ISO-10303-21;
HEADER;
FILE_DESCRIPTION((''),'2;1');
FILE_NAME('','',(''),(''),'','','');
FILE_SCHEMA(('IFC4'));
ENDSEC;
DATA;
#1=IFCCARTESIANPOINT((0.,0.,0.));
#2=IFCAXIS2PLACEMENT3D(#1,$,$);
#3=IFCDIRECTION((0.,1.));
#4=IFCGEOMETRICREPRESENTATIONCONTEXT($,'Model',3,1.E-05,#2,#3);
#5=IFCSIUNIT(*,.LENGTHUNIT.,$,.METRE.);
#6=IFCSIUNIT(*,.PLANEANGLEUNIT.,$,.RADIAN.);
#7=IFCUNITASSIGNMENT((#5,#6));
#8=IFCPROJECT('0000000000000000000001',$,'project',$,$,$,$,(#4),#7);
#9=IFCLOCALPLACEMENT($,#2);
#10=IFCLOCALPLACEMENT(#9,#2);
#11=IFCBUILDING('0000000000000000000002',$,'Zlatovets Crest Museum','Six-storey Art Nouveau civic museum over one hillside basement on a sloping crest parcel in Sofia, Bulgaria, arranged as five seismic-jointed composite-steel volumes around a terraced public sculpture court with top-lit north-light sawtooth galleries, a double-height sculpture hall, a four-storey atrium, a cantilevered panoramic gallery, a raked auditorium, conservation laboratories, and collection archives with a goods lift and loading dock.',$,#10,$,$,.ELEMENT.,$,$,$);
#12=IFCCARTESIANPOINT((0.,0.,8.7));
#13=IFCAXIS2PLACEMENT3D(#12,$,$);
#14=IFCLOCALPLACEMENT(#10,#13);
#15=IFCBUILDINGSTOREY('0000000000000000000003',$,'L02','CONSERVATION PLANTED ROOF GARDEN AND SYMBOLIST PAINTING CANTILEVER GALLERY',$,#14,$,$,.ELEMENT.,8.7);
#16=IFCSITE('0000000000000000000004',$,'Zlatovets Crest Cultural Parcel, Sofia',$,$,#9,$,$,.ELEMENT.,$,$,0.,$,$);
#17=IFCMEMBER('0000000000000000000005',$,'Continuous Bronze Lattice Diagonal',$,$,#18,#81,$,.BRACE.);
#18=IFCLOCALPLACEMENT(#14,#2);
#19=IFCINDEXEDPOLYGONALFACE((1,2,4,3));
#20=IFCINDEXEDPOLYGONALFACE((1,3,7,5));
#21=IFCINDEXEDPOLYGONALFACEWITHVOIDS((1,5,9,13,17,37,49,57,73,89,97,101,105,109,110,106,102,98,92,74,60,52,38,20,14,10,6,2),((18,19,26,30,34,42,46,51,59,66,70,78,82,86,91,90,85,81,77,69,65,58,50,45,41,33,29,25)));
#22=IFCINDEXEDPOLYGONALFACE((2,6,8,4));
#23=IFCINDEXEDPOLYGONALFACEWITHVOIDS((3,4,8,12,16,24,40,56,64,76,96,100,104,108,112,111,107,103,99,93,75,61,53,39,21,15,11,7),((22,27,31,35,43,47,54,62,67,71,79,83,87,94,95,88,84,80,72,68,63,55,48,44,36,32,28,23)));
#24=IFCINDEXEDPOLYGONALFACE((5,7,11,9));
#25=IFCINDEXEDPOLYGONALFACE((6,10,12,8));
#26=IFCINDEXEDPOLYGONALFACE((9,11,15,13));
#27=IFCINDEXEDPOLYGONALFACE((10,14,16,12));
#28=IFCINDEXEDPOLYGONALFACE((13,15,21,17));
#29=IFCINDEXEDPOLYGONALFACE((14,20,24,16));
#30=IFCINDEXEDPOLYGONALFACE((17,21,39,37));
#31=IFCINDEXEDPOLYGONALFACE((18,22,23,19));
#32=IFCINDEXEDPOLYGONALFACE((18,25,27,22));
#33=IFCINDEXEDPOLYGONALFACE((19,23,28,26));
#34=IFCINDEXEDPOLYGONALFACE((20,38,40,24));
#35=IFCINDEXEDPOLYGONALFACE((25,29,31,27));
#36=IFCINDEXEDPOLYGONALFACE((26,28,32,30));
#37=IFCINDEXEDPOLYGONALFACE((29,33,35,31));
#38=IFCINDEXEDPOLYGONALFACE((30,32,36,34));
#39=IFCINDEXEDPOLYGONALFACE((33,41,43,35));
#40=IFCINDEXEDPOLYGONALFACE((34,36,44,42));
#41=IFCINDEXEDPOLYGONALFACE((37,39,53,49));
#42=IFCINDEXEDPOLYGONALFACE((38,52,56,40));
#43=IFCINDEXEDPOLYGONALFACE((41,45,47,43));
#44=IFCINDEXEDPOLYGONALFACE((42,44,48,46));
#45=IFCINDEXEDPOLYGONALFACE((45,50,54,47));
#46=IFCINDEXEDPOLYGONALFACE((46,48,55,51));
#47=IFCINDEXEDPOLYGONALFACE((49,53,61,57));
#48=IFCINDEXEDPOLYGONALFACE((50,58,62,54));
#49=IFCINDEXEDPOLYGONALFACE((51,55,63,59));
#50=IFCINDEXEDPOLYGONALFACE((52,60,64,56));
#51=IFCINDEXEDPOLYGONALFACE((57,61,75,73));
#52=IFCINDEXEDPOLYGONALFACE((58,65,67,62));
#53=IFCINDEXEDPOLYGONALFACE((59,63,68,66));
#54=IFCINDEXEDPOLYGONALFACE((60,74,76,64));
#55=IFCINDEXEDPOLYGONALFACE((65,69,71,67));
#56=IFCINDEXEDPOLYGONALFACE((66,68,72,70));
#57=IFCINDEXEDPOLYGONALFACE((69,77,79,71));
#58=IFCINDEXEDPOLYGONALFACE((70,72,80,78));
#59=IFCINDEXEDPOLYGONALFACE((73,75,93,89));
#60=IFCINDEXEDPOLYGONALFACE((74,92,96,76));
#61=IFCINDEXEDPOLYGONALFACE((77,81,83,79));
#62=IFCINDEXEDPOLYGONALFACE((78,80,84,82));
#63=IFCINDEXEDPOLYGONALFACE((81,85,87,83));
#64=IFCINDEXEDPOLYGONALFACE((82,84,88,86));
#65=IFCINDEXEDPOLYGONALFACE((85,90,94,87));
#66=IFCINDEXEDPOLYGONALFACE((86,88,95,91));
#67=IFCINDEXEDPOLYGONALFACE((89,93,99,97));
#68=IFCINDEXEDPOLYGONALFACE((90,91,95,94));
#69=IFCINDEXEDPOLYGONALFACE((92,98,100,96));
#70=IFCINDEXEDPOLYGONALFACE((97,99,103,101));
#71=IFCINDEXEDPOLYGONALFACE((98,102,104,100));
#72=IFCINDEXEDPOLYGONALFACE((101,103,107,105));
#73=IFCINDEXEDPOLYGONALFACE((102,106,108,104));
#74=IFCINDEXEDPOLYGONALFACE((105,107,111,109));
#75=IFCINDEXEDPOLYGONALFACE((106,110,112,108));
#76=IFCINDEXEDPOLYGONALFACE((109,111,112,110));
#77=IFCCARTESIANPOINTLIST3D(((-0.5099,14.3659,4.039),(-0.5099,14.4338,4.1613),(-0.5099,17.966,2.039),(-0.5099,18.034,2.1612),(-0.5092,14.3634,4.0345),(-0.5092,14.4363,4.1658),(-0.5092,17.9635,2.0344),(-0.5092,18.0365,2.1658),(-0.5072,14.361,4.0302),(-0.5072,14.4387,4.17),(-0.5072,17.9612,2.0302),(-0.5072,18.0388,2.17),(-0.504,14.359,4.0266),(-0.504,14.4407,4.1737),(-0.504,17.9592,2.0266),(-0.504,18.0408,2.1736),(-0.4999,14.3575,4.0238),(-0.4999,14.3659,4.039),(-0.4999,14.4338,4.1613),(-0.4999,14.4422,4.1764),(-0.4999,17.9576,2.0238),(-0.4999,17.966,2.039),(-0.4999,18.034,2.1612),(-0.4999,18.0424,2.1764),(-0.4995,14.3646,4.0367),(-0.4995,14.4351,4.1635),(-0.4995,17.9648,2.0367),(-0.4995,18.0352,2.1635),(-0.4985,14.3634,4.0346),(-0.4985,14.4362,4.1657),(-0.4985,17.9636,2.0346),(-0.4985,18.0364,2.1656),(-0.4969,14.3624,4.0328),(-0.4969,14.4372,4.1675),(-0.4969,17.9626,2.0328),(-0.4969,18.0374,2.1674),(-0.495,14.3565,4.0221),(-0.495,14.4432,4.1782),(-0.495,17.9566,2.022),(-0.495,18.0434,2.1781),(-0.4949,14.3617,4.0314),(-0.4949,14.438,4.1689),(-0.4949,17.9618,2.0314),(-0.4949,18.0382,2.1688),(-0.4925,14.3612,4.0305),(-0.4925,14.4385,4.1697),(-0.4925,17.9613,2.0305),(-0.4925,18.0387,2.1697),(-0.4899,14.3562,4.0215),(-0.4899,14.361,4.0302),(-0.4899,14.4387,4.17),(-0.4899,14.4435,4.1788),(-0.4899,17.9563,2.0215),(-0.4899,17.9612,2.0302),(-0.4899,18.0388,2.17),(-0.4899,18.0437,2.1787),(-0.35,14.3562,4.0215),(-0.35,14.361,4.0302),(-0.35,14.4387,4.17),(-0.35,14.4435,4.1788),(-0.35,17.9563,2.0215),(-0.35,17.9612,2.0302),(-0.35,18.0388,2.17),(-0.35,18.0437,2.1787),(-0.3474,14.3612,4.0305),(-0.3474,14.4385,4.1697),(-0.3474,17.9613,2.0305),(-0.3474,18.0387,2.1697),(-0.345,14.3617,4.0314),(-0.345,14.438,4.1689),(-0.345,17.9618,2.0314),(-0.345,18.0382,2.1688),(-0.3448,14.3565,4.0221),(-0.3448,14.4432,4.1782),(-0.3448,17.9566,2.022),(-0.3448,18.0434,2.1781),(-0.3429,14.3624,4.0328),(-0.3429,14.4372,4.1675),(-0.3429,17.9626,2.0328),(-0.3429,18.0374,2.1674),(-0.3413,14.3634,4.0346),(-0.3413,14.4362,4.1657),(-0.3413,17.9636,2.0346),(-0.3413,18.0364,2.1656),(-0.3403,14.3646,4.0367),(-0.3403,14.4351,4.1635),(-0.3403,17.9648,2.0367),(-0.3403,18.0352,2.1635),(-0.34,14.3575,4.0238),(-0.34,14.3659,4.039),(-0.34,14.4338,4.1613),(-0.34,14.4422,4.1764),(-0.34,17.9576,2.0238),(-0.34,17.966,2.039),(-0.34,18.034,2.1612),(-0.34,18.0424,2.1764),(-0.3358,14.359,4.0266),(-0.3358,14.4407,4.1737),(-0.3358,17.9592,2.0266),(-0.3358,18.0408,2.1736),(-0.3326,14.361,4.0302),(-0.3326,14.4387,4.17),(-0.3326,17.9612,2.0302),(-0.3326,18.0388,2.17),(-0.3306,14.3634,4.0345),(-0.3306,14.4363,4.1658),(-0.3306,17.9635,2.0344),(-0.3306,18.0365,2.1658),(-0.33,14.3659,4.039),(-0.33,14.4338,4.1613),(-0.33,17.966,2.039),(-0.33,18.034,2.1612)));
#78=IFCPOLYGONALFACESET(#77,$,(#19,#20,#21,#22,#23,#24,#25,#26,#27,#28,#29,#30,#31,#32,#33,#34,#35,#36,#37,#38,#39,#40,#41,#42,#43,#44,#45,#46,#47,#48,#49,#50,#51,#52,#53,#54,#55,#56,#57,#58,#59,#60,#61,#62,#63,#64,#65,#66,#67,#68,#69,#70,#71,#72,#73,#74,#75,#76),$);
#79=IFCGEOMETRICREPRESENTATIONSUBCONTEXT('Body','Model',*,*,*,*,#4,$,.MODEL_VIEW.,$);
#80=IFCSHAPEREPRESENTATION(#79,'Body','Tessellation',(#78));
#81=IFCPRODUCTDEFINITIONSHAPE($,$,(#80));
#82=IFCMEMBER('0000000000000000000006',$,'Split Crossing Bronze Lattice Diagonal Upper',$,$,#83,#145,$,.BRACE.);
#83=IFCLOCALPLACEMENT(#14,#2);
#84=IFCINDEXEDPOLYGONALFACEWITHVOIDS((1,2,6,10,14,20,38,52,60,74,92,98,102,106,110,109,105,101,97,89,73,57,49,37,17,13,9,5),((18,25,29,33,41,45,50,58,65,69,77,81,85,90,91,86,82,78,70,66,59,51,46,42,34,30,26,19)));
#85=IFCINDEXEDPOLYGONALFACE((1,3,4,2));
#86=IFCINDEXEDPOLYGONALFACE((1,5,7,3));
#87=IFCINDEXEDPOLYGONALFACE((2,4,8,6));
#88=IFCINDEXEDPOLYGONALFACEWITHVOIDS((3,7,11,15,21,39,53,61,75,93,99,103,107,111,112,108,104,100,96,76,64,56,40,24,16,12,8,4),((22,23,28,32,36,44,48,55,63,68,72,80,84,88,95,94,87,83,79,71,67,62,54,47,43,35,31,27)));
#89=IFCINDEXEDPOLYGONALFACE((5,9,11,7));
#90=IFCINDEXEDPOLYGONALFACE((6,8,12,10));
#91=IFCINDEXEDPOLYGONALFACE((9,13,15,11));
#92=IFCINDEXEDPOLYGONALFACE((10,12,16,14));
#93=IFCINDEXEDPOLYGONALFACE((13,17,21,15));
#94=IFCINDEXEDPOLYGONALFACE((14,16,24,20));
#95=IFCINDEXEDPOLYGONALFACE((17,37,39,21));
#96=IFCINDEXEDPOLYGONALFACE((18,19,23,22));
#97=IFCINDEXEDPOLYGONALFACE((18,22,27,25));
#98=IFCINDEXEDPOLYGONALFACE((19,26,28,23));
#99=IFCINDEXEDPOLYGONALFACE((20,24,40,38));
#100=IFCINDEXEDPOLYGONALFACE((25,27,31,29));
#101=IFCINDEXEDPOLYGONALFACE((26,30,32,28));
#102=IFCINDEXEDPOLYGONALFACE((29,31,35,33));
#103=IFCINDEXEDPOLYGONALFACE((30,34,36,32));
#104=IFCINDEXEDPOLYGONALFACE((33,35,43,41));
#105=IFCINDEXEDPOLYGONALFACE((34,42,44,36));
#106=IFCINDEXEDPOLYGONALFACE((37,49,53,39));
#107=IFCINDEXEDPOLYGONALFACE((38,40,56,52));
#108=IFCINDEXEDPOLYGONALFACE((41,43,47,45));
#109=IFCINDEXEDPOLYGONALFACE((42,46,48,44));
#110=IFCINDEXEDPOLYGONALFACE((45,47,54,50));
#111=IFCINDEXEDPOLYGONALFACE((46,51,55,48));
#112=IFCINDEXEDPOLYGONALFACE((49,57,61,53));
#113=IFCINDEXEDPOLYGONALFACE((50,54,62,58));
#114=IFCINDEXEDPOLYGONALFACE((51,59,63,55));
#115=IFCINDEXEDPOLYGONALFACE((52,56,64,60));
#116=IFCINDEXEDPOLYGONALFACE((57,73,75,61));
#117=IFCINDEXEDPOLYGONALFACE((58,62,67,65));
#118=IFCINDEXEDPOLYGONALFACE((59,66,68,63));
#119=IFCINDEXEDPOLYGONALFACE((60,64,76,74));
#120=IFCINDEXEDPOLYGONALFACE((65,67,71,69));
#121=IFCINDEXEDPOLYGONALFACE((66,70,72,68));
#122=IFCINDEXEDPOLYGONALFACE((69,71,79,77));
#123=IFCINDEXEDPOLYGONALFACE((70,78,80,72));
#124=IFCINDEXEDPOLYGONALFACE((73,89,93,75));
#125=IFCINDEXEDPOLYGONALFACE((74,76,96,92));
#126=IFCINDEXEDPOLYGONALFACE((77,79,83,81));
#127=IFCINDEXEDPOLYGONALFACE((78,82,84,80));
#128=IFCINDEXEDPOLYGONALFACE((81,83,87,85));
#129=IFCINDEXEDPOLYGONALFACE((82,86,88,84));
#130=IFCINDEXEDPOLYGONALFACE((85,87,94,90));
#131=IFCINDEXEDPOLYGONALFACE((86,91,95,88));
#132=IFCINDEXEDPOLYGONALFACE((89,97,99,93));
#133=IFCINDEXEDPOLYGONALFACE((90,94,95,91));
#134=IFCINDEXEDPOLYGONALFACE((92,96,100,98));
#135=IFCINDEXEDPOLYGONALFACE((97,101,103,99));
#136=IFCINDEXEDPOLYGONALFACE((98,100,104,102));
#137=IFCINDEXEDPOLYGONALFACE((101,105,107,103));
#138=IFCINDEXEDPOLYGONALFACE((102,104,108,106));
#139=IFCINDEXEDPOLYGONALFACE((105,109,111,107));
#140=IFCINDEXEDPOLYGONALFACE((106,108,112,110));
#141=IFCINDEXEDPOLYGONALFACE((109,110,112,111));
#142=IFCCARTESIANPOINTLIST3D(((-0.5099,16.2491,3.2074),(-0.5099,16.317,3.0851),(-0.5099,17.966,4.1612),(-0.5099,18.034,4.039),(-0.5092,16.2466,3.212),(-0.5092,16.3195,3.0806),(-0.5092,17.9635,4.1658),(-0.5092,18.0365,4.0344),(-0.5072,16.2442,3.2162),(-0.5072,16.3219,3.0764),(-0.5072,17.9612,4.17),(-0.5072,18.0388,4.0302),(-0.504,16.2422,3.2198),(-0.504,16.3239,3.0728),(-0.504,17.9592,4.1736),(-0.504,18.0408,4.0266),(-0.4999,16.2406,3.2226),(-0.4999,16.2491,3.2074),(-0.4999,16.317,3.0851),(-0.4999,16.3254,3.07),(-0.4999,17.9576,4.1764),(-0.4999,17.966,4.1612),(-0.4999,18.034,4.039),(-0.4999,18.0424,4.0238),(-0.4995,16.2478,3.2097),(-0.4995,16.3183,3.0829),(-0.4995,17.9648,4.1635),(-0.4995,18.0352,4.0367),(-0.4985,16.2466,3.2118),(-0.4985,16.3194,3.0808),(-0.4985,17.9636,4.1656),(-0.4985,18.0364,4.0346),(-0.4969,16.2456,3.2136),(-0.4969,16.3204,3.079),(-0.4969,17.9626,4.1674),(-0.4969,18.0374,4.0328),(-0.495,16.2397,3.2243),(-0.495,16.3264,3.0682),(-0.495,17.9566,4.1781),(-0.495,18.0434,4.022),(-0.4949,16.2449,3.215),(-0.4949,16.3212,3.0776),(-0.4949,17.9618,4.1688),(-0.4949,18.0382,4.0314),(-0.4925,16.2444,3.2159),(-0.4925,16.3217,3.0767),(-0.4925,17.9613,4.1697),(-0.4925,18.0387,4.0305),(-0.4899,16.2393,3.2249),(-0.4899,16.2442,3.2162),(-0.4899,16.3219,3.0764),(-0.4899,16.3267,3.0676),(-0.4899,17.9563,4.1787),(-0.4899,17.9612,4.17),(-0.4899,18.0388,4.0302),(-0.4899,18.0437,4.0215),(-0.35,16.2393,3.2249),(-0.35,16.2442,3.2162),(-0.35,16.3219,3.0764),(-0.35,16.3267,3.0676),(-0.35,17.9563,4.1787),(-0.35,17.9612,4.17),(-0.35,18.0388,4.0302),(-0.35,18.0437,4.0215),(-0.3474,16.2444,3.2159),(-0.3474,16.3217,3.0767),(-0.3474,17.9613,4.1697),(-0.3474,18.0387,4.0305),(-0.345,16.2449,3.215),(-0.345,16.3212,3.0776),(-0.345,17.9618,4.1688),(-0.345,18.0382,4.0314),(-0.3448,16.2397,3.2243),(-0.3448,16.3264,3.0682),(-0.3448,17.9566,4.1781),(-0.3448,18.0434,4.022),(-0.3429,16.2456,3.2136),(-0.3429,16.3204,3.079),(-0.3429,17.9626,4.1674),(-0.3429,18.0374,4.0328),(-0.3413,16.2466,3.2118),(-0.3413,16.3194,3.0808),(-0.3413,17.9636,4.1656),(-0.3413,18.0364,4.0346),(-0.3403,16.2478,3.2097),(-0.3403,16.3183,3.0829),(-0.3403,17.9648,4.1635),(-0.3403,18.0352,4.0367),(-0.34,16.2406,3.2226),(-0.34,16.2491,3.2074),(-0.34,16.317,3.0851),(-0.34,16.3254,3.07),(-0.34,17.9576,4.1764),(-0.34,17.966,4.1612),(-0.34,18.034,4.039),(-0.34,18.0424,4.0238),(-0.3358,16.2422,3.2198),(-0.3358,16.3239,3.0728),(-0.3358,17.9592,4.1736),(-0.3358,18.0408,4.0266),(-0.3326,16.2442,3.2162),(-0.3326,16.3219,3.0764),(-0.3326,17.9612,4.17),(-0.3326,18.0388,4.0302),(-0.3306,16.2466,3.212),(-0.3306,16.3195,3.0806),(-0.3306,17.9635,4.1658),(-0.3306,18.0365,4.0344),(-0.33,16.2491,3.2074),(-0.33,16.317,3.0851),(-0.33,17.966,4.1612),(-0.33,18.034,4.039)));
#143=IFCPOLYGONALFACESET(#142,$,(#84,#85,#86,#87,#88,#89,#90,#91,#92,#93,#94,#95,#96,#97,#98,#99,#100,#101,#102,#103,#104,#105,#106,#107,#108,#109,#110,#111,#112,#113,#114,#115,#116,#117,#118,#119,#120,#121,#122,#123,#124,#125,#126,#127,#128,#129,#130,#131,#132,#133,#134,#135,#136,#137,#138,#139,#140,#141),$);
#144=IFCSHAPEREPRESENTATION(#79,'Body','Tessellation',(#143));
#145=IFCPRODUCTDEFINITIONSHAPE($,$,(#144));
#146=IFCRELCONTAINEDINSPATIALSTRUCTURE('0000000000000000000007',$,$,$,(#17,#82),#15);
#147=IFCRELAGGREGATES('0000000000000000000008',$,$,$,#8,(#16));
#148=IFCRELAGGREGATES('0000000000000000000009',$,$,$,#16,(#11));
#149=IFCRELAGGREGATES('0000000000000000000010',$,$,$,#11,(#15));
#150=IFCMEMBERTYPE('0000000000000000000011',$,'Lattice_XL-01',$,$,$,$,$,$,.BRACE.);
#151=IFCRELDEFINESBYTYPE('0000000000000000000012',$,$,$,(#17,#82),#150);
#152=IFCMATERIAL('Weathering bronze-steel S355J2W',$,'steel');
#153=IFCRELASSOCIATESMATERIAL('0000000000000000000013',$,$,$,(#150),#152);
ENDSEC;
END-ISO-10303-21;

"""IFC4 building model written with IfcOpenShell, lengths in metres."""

from ifc_helpers import new_model, si_unit, direction, frame, origin, origin_2d, place, context, subcontext, project, spatial, hollow_rectangle, extrude, material, material_profile, profile_set, type_object, element, save


model = new_model("IFC4")

# Units and contexts
model_context = context("Model", 3, precision=1e-05, world=origin(), true_north=direction((0.0, 1.0)))
body_context = subcontext(model_context, "Body", "Model", "MODEL_VIEW")
ifc_project = project(units=[si_unit("LENGTHUNIT", "METRE"), si_unit("PLANEANGLEUNIT", "RADIAN")], contexts=[model_context])

# Site, building, storey
site_placement = place(None, origin())
site = spatial("IfcSite", under=ifc_project, at=site_placement, Name="Zlatovets Crest Cultural Parcel, Sofia", CompositionType="ELEMENT", RefElevation=0.0)
building_placement = place(site_placement, origin())
building = spatial("IfcBuilding", under=site, at=building_placement, Name="Zlatovets Crest Museum", Description="Six-storey Art Nouveau civic museum over one hillside basement on a sloping crest parcel in Sofia, Bulgaria, arranged as five seismic-jointed composite-steel volumes around a terraced public sculpture court with top-lit north-light sawtooth galleries, a double-height sculpture hall, a four-storey atrium, a cantilevered panoramic gallery, a raked auditorium, conservation laboratories, and collection archives with a goods lift and loading dock.", CompositionType="ELEMENT")
storey_placement = place(building_placement, frame((0.0, 0.0, 8.7)))
storey = spatial("IfcBuildingStorey", under=building, at=storey_placement, Name="L02", Description="CONSERVATION PLANTED ROOF GARDEN AND SYMBOLIST PAINTING CANTILEVER GALLERY", CompositionType="ELEMENT", Elevation=8.7)

# Members
ifc_material_1 = material(Name="Weathering bronze-steel S355J2W", Category="steel")
ifc_material_profile_1 = material_profile(ifc_material_1, hollow_rectangle(XDim=0.1799, YDim=0.1799, WallThickness=0.01, InnerFilletRadius=0.01, OuterFilletRadius=0.02, at=origin_2d()), Name="SHS 180x180x10.0")
ifc_profile_set_1 = profile_set([ifc_material_profile_1], Name="Weathering bronze-steel S355J2W")
member_type_1 = type_object("IfcMemberType", Name="Lattice_XL-01", PredefinedType="BRACE", material=ifc_profile_set_1)
member_1_placement = place(storey_placement, frame((-0.4199, 18.0, 2.1001), z_axis=(0.0, -0.874163, 0.485633), x_axis=(1.0, 0.0, 0.0)))
element("IfcMember", 1, at=member_1_placement, inside=storey, type_object=member_type_1, Name="Continuous Bronze Lattice Diagonal", PredefinedType="BRACE", context=body_context, shape_type="SweptSolid", body=[
    extrude(hollow_rectangle(XDim=0.1799, YDim=0.1799, WallThickness=0.01, InnerFilletRadius=0.01, OuterFilletRadius=0.02, at=origin_2d()), origin(), (0.0, 0.0, 1.0), 4.1184),
])
for number, where, z_axis, x_axis, name in (
    (2, (-0.4199, 18.0, 4.1001), (0.0, -0.874169, -0.485622), (1.0, 0.0, 0.0), "Split Crossing Bronze Lattice Diagonal Upper"),
):
    element("IfcMember", number, at=place(storey_placement, frame(where, z_axis=z_axis, x_axis=x_axis)), inside=storey, type_object=member_type_1, Name=name, PredefinedType="BRACE", context=body_context, shape_type="SweptSolid", body=[
        extrude(hollow_rectangle(XDim=0.1799, YDim=0.1799, WallThickness=0.01, InnerFilletRadius=0.01, OuterFilletRadius=0.02, at=origin_2d()), origin(), (0.0, 0.0, 1.0), 1.9641),
    ])

save(model, "model.ifc")
